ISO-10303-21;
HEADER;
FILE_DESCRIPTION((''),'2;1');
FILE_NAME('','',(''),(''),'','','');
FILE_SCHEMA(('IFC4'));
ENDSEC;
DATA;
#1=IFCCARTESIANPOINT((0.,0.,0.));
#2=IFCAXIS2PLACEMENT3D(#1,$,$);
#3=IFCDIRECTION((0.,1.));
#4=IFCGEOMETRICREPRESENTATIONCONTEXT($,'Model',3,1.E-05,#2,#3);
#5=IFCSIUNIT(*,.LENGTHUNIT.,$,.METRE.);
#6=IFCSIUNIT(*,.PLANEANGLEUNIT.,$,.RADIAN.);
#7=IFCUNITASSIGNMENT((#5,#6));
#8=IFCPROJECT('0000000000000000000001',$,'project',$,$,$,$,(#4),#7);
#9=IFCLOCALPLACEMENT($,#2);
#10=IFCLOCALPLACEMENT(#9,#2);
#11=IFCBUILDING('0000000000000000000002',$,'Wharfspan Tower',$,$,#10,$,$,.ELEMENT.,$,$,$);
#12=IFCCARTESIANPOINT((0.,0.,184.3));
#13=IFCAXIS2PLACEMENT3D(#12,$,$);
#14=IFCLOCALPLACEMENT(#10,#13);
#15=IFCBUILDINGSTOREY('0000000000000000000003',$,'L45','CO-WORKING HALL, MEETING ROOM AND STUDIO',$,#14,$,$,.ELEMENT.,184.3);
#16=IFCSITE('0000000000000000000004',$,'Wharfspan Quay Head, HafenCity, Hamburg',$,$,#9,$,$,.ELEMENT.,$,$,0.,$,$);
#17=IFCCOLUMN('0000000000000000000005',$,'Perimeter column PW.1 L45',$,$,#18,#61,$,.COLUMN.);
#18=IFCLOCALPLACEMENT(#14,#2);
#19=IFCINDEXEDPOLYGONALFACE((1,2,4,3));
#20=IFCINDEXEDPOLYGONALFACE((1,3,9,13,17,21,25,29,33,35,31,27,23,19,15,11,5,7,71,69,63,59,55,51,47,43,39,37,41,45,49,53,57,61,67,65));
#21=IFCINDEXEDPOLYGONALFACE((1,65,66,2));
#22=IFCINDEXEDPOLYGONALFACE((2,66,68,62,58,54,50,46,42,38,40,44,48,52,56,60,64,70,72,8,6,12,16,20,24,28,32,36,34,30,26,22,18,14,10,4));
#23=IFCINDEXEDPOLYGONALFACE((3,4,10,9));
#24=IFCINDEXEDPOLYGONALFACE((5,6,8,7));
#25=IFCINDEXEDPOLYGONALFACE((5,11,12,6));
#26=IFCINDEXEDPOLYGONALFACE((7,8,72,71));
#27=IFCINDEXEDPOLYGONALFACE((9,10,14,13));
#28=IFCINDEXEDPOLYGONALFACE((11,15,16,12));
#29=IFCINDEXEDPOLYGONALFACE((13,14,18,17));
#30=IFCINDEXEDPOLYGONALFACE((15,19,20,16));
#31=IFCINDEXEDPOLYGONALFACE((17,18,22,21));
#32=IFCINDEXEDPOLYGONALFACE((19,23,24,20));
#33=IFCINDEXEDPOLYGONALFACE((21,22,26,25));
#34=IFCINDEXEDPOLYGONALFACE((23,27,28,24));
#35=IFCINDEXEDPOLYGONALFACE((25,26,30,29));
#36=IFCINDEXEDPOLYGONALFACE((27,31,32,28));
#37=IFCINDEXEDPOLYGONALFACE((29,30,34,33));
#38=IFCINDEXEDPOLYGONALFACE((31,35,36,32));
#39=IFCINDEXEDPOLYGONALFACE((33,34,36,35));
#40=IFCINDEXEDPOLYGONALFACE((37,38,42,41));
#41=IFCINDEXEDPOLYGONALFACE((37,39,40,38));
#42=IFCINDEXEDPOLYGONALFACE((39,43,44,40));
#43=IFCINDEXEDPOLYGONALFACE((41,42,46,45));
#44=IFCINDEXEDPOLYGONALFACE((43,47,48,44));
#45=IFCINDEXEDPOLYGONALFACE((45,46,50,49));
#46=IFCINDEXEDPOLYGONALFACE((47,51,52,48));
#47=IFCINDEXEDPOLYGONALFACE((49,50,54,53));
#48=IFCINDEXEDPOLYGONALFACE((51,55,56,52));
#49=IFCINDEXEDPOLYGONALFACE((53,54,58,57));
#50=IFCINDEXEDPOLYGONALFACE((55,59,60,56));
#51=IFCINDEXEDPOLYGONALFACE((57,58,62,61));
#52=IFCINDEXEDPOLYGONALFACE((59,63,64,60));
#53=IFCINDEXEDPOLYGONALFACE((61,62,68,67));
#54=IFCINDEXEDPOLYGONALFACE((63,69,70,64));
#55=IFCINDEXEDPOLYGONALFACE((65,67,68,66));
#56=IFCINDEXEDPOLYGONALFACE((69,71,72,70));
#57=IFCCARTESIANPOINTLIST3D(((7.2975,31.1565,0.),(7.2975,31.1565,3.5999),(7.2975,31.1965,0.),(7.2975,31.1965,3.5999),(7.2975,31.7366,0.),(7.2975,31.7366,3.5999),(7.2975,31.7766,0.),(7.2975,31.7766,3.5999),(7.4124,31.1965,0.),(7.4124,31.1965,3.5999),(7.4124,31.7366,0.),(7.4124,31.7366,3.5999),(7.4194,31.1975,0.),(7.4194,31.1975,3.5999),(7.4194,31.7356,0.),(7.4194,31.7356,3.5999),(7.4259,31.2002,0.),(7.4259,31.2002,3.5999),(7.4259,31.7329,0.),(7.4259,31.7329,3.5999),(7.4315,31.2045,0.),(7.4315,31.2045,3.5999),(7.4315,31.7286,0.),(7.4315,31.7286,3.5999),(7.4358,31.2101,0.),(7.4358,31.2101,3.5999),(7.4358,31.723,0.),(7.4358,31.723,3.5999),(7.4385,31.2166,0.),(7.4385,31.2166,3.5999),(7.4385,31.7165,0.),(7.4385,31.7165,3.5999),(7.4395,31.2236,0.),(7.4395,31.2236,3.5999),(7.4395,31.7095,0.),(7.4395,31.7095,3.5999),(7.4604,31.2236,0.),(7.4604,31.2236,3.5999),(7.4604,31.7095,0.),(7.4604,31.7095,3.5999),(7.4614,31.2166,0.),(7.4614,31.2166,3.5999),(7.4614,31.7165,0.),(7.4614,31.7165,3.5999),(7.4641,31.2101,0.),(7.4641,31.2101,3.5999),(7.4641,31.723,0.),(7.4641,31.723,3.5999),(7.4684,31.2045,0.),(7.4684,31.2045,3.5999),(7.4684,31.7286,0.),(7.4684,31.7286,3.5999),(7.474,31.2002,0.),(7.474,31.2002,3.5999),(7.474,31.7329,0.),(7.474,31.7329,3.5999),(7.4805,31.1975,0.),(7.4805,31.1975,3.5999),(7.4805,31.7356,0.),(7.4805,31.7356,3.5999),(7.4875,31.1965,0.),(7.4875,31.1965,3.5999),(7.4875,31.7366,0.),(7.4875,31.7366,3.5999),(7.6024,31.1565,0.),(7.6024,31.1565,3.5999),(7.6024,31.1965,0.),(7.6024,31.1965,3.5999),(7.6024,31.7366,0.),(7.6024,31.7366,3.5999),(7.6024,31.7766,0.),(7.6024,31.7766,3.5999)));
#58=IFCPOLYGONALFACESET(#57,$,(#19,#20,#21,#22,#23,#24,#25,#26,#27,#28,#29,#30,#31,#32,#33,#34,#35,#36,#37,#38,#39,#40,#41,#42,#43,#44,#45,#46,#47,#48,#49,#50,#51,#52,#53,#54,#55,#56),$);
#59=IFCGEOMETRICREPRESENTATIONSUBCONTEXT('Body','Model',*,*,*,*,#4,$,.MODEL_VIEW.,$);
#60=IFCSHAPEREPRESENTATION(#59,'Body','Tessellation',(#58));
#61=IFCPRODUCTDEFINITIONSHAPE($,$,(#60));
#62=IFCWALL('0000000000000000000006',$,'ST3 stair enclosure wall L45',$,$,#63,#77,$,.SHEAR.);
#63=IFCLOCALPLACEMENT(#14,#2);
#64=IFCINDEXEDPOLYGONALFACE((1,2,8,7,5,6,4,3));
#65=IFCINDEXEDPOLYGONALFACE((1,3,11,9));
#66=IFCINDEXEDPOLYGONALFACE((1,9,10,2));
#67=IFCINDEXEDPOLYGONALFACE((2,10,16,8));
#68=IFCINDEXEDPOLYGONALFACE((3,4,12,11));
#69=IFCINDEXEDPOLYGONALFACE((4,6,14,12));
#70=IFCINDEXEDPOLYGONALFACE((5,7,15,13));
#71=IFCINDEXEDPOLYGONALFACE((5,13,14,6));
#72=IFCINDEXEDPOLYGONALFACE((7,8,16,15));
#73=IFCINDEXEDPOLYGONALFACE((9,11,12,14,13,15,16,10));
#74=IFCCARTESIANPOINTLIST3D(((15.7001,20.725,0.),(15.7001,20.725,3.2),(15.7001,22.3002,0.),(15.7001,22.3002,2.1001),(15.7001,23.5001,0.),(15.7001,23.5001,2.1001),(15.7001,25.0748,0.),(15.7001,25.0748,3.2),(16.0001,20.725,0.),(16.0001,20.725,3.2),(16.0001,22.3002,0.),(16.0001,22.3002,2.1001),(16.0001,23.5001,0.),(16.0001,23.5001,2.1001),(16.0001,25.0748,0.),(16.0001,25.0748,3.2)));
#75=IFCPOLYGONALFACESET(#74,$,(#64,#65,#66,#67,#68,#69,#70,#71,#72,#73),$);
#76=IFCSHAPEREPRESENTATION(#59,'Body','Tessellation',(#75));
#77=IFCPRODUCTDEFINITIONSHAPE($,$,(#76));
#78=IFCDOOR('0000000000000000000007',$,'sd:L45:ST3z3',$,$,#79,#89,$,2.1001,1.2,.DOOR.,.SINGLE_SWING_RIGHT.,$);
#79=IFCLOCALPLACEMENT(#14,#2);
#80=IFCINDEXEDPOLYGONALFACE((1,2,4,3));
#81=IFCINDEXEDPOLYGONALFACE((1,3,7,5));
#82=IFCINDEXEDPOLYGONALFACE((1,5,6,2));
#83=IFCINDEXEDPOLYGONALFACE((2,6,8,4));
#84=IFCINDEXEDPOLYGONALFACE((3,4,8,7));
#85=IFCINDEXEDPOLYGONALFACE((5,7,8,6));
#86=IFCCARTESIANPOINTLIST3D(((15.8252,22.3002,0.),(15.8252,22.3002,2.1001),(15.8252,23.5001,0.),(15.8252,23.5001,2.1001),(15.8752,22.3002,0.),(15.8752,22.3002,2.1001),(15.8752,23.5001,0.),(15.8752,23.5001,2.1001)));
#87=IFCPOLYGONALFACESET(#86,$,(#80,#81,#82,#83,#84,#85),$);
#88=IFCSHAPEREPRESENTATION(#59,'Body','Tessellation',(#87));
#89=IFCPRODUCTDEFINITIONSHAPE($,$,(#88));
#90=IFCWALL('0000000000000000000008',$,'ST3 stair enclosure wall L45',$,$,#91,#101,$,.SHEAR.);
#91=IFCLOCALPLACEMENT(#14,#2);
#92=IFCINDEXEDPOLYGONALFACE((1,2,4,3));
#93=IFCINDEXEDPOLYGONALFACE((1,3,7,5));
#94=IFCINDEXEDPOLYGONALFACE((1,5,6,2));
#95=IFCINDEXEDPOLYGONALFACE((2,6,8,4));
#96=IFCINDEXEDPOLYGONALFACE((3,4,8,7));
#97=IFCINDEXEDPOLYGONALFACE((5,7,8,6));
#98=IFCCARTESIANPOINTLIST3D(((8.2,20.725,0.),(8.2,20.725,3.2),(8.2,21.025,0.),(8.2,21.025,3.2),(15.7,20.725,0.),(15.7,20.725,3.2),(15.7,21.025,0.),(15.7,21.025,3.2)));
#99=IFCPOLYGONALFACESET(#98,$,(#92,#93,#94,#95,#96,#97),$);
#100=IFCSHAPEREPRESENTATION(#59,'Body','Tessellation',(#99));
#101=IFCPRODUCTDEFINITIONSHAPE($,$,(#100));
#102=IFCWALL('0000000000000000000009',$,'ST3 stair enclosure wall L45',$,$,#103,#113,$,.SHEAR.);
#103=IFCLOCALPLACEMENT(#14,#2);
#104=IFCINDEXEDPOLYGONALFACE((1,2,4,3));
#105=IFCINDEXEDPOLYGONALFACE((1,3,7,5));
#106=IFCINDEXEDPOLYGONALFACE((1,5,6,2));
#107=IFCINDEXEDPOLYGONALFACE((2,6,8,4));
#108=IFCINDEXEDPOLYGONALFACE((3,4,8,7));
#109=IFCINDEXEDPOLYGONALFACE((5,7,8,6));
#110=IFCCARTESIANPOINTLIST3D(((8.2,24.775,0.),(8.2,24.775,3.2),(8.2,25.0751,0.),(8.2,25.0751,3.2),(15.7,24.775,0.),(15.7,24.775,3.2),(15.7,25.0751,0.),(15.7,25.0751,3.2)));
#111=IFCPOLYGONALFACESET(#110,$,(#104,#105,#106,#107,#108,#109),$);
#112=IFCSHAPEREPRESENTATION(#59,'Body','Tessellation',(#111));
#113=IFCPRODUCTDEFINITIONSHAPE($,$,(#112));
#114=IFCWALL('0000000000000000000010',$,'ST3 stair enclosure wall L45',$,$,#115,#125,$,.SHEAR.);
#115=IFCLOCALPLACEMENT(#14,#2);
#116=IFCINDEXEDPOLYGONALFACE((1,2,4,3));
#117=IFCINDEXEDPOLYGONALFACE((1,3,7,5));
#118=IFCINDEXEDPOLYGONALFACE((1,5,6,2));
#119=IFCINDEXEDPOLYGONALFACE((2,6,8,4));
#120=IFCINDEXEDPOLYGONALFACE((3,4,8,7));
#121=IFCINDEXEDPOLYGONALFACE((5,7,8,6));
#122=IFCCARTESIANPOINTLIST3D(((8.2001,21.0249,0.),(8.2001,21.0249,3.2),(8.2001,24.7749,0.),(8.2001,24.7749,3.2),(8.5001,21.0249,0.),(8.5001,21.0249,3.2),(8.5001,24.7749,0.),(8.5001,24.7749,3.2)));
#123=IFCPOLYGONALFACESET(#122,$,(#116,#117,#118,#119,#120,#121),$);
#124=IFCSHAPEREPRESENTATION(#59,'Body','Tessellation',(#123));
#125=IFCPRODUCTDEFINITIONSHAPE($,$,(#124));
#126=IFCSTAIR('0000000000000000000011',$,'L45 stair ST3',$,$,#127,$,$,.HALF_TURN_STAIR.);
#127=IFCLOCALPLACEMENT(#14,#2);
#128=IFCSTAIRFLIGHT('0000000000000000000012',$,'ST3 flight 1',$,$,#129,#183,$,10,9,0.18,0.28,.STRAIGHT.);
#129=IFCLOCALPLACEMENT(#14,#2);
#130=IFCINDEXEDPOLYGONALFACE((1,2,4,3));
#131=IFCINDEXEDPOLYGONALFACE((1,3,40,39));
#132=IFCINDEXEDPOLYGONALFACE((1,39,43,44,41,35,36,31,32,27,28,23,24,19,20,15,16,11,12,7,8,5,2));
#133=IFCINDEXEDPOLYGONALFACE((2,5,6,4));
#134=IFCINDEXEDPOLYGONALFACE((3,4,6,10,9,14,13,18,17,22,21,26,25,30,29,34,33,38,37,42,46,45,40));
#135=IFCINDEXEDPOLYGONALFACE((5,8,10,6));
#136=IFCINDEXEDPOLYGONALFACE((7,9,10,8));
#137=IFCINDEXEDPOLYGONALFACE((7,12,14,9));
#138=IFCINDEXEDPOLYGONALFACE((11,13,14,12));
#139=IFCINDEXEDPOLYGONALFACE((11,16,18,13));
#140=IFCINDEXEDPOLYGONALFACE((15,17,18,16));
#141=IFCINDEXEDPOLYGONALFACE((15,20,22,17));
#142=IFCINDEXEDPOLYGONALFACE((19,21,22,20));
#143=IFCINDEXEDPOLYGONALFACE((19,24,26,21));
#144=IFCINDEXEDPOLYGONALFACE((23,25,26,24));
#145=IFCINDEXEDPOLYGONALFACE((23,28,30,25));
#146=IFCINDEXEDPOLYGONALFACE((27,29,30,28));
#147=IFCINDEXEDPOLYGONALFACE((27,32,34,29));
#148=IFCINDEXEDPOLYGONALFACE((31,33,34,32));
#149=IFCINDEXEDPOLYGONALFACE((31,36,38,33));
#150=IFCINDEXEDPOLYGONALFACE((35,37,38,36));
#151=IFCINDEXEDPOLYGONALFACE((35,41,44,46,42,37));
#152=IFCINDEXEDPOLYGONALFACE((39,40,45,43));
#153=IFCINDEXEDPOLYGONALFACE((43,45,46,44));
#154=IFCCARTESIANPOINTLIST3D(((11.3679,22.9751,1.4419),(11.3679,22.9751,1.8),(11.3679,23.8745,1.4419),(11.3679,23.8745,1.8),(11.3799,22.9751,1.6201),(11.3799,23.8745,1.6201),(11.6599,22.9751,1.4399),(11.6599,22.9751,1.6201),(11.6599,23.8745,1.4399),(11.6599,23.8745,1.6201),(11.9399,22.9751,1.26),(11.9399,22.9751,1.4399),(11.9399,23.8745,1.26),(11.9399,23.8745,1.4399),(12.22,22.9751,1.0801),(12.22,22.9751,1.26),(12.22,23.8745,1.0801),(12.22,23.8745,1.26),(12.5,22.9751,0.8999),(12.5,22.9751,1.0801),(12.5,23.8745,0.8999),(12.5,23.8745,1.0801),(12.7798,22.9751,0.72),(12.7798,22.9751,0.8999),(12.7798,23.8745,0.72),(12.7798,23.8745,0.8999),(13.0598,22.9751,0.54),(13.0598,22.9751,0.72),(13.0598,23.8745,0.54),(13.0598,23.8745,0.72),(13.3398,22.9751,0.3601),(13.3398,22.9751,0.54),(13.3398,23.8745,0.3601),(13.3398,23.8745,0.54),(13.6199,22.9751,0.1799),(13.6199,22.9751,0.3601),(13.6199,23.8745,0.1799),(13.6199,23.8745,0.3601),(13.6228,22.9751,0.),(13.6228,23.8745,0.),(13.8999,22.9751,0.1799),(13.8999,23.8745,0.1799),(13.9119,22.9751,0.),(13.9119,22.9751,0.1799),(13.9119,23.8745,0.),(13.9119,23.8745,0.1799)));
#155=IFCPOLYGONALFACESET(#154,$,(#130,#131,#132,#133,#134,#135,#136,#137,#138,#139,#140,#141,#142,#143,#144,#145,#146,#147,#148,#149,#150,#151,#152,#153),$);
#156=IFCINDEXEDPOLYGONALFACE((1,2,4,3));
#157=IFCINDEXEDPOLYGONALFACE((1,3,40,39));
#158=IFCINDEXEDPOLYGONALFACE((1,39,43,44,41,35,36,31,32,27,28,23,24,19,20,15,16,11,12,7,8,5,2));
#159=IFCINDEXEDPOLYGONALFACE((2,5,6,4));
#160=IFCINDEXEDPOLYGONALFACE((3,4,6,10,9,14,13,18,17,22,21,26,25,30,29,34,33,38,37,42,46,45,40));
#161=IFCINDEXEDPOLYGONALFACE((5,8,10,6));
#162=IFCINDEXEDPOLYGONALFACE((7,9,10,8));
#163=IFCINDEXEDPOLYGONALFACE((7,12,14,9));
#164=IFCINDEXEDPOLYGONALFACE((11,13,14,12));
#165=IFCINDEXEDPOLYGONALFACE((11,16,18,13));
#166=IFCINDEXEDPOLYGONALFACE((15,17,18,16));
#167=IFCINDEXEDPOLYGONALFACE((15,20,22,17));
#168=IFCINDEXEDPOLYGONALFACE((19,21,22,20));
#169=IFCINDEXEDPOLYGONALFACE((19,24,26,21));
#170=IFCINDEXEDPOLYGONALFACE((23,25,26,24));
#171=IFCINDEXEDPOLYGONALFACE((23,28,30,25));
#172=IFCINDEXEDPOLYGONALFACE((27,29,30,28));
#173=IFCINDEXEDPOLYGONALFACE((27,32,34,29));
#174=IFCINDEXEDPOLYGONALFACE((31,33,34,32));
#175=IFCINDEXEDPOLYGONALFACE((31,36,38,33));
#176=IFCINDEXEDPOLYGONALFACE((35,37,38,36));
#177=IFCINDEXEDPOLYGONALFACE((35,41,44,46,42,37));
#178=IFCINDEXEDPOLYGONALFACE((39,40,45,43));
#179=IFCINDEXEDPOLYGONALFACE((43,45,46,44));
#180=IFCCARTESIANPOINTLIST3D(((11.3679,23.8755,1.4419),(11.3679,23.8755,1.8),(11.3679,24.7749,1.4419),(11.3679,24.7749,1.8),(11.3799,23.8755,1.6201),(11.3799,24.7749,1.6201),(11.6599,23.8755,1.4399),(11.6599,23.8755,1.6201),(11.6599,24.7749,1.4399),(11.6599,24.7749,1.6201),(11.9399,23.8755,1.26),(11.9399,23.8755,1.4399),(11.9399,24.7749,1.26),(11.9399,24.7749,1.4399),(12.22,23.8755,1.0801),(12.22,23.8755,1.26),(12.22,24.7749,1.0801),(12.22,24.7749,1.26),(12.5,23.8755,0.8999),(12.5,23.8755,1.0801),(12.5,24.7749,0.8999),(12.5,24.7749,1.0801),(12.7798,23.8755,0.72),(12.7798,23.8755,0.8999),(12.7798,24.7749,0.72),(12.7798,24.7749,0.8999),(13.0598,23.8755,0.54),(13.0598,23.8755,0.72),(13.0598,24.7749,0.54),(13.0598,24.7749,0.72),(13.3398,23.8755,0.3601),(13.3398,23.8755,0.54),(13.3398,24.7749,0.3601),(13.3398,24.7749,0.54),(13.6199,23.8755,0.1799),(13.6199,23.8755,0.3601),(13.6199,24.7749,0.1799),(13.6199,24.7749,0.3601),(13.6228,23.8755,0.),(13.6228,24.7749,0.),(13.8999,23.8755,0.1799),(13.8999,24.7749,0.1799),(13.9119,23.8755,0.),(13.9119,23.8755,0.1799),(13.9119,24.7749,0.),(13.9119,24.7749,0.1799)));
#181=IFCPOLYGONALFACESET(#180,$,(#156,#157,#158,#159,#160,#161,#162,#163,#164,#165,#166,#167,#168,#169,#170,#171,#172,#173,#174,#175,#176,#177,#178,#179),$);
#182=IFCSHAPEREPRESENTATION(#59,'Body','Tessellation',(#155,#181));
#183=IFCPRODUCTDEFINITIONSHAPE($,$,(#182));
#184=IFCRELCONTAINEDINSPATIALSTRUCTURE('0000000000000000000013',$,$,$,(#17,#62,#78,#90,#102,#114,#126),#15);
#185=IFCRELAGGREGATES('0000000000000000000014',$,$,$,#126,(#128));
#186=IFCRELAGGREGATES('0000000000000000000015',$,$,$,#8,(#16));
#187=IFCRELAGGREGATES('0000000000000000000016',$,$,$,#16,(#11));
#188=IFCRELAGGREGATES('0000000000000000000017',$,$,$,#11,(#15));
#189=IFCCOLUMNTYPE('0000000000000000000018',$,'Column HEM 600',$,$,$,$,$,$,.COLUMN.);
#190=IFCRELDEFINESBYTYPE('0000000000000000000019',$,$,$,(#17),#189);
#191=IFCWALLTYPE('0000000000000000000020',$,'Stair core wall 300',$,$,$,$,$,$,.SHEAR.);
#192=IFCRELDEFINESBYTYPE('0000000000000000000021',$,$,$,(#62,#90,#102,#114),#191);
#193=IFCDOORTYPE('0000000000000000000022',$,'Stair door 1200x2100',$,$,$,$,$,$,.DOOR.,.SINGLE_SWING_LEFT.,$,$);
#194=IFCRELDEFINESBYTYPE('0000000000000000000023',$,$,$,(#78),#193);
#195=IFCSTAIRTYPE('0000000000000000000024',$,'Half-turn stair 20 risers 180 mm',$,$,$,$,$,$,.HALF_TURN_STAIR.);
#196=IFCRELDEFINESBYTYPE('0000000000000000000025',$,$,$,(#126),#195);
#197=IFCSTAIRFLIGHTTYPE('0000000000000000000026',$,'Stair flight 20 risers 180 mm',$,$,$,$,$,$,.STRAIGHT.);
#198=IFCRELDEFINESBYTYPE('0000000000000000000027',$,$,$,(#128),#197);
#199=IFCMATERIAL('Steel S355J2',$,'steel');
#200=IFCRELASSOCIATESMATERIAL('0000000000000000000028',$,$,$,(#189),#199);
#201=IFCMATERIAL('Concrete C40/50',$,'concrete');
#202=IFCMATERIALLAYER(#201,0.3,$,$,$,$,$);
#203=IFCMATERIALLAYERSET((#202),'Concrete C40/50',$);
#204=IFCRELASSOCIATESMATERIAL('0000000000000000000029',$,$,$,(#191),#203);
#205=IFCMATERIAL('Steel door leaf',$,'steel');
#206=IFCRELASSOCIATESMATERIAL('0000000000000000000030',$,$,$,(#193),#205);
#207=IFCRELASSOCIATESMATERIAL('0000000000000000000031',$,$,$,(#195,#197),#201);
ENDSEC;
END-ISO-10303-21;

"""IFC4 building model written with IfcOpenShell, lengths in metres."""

from ifc_helpers import new_model, si_unit, direction, frame, frame_2d, origin, origin_2d, place, context, subcontext, project, spatial, polyline, rectangle, i_section, outline, extrude, material, layer, layer_set, material_profile, profile_set, type_object, element, fill, aggregate, save


model = new_model("IFC4")

# Units and contexts
model_context = context("Model", 3, precision=1e-05, world=origin(), true_north=direction((0.0, 1.0)))
body_context = subcontext(model_context, "Body", "Model", "MODEL_VIEW")
ifc_project = project(units=[si_unit("LENGTHUNIT", "METRE"), si_unit("PLANEANGLEUNIT", "RADIAN")], contexts=[model_context])

# Site, building, storey
site_placement = place(None, origin())
site = spatial("IfcSite", under=ifc_project, at=site_placement, Name="Wharfspan Quay Head, HafenCity, Hamburg", CompositionType="ELEMENT", RefElevation=0.0)
building_placement = place(site_placement, origin())
building = spatial("IfcBuilding", under=site, at=building_placement, Name="Wharfspan Tower", CompositionType="ELEMENT")
storey_placement = place(building_placement, frame((0.0, 0.0, 184.3)))
storey = spatial("IfcBuildingStorey", under=building, at=storey_placement, Name="L45", Description="CO-WORKING HALL, MEETING ROOM AND STUDIO", CompositionType="ELEMENT", Elevation=184.3)

# Column
ifc_material_1 = material(Name="Steel S355J2", Category="steel")
ifc_material_profile = material_profile(ifc_material_1, i_section(OverallWidth=0.3049, OverallDepth=0.6201, WebThickness=0.021, FlangeThickness=0.04, FilletRadius=0.0271, at=origin_2d()))
ifc_profile_set = profile_set([ifc_material_profile], Name="Steel S355J2")
column_type = type_object("IfcColumnType", Name="Column HEM 600", PredefinedType="COLUMN", material=ifc_profile_set)
column_placement = place(storey_placement, frame((7.45, 31.4666, 0.0), z_axis=(0.0, 0.0, 1.0), x_axis=(-1.0, 0.0, 0.0)))
element("IfcColumn", 1, at=column_placement, inside=storey, type_object=column_type, Name="Perimeter column PW.1 L45", PredefinedType="COLUMN", context=body_context, shape_type="SweptSolid", body=[
    extrude(i_section(OverallWidth=0.3049, OverallDepth=0.6201, WebThickness=0.021, FlangeThickness=0.04, FilletRadius=0.0271, at=origin_2d()), origin(), (0.0, 0.0, 1.0), 3.5999),
])

# Wall, opening, door
ifc_material_2 = material(Name="Concrete C40/50", Category="concrete")
ifc_layer = layer(ifc_material_2, 0.3)
ifc_layer_set = layer_set([ifc_layer], Name="Concrete C40/50")
wall_type = type_object("IfcWallType", Name="Stair core wall 300", PredefinedType="SHEAR", material=ifc_layer_set)
wall_1_placement = place(storey_placement, frame((15.8501, 20.7251, 0.0), z_axis=(0.0, 0.0, 1.0), x_axis=(0.0, 1.0, 0.0)))
wall_1 = element("IfcWall", 2, at=wall_1_placement, inside=storey, type_object=wall_type, Name="ST3 stair enclosure wall L45", PredefinedType="SHEAR", context=body_context, shape_type="SweptSolid", body=[
    extrude(rectangle(XDim=4.3499, YDim=0.3, at=frame_2d((2.1748, 0.0))), origin(), (0.0, 0.0, 1.0), 3.2),
])
opening_placement = place(wall_1_placement, frame((1.575, 0.0, 0.0)))
opening = element("IfcOpeningElement", 3, at=opening_placement, cuts=wall_1, PredefinedType="OPENING", context=body_context, shape_type="SweptSolid", body=[
    extrude(rectangle(XDim=1.2, YDim=2.1001, at=frame_2d((0.6001, 1.05))), frame((0.0, 0.1599, 0.0), z_axis=(0.0, -1.0, 0.0), x_axis=(1.0, 0.0, 0.0)), (0.0, 0.0, 1.0), 0.3201),
])
ifc_material_3 = material(Name="Steel door leaf", Category="steel")
door_type = type_object("IfcDoorType", Name="Stair door 1200x2100", OperationType="SINGLE_SWING_LEFT", PredefinedType="DOOR", material=ifc_material_3)
door_placement = place(opening_placement, origin())
door = element("IfcDoor", 4, at=door_placement, inside=storey, type_object=door_type, Name="sd:L45:ST3z3", OperationType="SINGLE_SWING_RIGHT", OverallHeight=2.1001, OverallWidth=1.2, PredefinedType="DOOR", context=body_context, shape_type="SweptSolid", body=[
    extrude(rectangle(XDim=1.2, YDim=2.1001, at=frame_2d((0.6001, 1.05))), frame((0.0, 0.0249, 0.0), z_axis=(0.0, -1.0, 0.0), x_axis=(1.0, 0.0, 0.0)), (0.0, 0.0, 1.0), 0.05),
])
fill(opening, door)

# Walls
for number, where, z_axis, x_axis, name in (
    (5, (8.2, 20.875, 0.0), (0.0, 0.0, 1.0), (1.0, 0.0, 0.0), "ST3 stair enclosure wall L45"),
    (6, (8.2, 24.925, 0.0), (0.0, 0.0, 1.0), (1.0, 0.0, 0.0), "ST3 stair enclosure wall L45"),
):
    element("IfcWall", number, at=place(storey_placement, frame(where, z_axis=z_axis, x_axis=x_axis)), inside=storey, type_object=wall_type, Name=name, PredefinedType="SHEAR", context=body_context, shape_type="SweptSolid", body=[
        extrude(rectangle(XDim=7.5, YDim=0.3, at=frame_2d((3.75, 0.0))), origin(), (0.0, 0.0, 1.0), 3.2),
    ])
wall_2_placement = place(storey_placement, frame((8.3501, 21.0249, 0.0), z_axis=(0.0, 0.0, 1.0), x_axis=(0.0, 1.0, 0.0)))
element("IfcWall", 7, at=wall_2_placement, inside=storey, type_object=wall_type, Name="ST3 stair enclosure wall L45", PredefinedType="SHEAR", context=body_context, shape_type="SweptSolid", body=[
    extrude(rectangle(XDim=3.75, YDim=0.3, at=frame_2d((1.875, 0.0))), origin(), (0.0, 0.0, 1.0), 3.2),
])

# Stair, stair flight
stair_type = type_object("IfcStairType", Name="Half-turn stair 20 risers 180 mm", PredefinedType="HALF_TURN_STAIR", material=ifc_material_2)
stair_placement = place(storey_placement, origin())
stair = element("IfcStair", 8, at=stair_placement, inside=storey, type_object=stair_type, Name="L45 stair ST3", PredefinedType="HALF_TURN_STAIR")
stair_flight_type = type_object("IfcStairFlightType", Name="Stair flight 20 risers 180 mm", PredefinedType="STRAIGHT", material=ifc_material_2)
stair_flight_1_placement = place(storey_placement, frame((13.8999, 23.875, 0.0), z_axis=(0.0, 0.0, 1.0), x_axis=(-1.0, 0.0, 0.0)))
stair_flight_1 = element("IfcStairFlight", 9, at=stair_flight_1_placement, type_object=stair_flight_type, Name="ST3 flight 1", NumberOfRisers=10, NumberOfTreads=9, PredefinedType="STRAIGHT", RiserHeight=0.18, TreadLength=0.28, context=body_context, shape_type="SweptSolid", body=[
    extrude(outline(polyline([(-0.012, 0.0), (-0.012, 0.1799), (0.0, 0.1799), (0.28, 0.1799), (0.28, 0.3601), (0.5601, 0.3601), (0.5601, 0.54), (0.8401, 0.54), (0.8401, 0.72), (1.1201, 0.72), (1.1201, 0.8999), (1.3999, 0.8999), (1.3999, 1.0801), (1.6799, 1.0801), (1.6799, 1.26), (1.96, 1.26), (1.96, 1.4399), (2.24, 1.4399), (2.24, 1.6201), (2.52, 1.6201), (2.532, 1.8), (2.532, 1.4419), (0.2771, 0.0), (-0.012, 0.0)])), frame((0.0, 0.8999, 0.0), z_axis=(0.0, -1.0, 0.0), x_axis=(1.0, 0.0, 0.0)), (0.0, 0.0, 1.0), 0.8994),
    extrude(outline(polyline([(-0.012, 0.0), (-0.012, 0.1799), (0.0, 0.1799), (0.28, 0.1799), (0.28, 0.3601), (0.5601, 0.3601), (0.5601, 0.54), (0.8401, 0.54), (0.8401, 0.72), (1.1201, 0.72), (1.1201, 0.8999), (1.3999, 0.8999), (1.3999, 1.0801), (1.6799, 1.0801), (1.6799, 1.26), (1.96, 1.26), (1.96, 1.4399), (2.24, 1.4399), (2.24, 1.6201), (2.52, 1.6201), (2.532, 1.8), (2.532, 1.4419), (0.2771, 0.0), (-0.012, 0.0)])), frame((0.0, -0.0005, 0.0), z_axis=(0.0, -1.0, 0.0), x_axis=(1.0, 0.0, 0.0)), (0.0, 0.0, 1.0), 0.8994),
])
aggregate(stair, [stair_flight_1])

save(model, "model.ifc")
